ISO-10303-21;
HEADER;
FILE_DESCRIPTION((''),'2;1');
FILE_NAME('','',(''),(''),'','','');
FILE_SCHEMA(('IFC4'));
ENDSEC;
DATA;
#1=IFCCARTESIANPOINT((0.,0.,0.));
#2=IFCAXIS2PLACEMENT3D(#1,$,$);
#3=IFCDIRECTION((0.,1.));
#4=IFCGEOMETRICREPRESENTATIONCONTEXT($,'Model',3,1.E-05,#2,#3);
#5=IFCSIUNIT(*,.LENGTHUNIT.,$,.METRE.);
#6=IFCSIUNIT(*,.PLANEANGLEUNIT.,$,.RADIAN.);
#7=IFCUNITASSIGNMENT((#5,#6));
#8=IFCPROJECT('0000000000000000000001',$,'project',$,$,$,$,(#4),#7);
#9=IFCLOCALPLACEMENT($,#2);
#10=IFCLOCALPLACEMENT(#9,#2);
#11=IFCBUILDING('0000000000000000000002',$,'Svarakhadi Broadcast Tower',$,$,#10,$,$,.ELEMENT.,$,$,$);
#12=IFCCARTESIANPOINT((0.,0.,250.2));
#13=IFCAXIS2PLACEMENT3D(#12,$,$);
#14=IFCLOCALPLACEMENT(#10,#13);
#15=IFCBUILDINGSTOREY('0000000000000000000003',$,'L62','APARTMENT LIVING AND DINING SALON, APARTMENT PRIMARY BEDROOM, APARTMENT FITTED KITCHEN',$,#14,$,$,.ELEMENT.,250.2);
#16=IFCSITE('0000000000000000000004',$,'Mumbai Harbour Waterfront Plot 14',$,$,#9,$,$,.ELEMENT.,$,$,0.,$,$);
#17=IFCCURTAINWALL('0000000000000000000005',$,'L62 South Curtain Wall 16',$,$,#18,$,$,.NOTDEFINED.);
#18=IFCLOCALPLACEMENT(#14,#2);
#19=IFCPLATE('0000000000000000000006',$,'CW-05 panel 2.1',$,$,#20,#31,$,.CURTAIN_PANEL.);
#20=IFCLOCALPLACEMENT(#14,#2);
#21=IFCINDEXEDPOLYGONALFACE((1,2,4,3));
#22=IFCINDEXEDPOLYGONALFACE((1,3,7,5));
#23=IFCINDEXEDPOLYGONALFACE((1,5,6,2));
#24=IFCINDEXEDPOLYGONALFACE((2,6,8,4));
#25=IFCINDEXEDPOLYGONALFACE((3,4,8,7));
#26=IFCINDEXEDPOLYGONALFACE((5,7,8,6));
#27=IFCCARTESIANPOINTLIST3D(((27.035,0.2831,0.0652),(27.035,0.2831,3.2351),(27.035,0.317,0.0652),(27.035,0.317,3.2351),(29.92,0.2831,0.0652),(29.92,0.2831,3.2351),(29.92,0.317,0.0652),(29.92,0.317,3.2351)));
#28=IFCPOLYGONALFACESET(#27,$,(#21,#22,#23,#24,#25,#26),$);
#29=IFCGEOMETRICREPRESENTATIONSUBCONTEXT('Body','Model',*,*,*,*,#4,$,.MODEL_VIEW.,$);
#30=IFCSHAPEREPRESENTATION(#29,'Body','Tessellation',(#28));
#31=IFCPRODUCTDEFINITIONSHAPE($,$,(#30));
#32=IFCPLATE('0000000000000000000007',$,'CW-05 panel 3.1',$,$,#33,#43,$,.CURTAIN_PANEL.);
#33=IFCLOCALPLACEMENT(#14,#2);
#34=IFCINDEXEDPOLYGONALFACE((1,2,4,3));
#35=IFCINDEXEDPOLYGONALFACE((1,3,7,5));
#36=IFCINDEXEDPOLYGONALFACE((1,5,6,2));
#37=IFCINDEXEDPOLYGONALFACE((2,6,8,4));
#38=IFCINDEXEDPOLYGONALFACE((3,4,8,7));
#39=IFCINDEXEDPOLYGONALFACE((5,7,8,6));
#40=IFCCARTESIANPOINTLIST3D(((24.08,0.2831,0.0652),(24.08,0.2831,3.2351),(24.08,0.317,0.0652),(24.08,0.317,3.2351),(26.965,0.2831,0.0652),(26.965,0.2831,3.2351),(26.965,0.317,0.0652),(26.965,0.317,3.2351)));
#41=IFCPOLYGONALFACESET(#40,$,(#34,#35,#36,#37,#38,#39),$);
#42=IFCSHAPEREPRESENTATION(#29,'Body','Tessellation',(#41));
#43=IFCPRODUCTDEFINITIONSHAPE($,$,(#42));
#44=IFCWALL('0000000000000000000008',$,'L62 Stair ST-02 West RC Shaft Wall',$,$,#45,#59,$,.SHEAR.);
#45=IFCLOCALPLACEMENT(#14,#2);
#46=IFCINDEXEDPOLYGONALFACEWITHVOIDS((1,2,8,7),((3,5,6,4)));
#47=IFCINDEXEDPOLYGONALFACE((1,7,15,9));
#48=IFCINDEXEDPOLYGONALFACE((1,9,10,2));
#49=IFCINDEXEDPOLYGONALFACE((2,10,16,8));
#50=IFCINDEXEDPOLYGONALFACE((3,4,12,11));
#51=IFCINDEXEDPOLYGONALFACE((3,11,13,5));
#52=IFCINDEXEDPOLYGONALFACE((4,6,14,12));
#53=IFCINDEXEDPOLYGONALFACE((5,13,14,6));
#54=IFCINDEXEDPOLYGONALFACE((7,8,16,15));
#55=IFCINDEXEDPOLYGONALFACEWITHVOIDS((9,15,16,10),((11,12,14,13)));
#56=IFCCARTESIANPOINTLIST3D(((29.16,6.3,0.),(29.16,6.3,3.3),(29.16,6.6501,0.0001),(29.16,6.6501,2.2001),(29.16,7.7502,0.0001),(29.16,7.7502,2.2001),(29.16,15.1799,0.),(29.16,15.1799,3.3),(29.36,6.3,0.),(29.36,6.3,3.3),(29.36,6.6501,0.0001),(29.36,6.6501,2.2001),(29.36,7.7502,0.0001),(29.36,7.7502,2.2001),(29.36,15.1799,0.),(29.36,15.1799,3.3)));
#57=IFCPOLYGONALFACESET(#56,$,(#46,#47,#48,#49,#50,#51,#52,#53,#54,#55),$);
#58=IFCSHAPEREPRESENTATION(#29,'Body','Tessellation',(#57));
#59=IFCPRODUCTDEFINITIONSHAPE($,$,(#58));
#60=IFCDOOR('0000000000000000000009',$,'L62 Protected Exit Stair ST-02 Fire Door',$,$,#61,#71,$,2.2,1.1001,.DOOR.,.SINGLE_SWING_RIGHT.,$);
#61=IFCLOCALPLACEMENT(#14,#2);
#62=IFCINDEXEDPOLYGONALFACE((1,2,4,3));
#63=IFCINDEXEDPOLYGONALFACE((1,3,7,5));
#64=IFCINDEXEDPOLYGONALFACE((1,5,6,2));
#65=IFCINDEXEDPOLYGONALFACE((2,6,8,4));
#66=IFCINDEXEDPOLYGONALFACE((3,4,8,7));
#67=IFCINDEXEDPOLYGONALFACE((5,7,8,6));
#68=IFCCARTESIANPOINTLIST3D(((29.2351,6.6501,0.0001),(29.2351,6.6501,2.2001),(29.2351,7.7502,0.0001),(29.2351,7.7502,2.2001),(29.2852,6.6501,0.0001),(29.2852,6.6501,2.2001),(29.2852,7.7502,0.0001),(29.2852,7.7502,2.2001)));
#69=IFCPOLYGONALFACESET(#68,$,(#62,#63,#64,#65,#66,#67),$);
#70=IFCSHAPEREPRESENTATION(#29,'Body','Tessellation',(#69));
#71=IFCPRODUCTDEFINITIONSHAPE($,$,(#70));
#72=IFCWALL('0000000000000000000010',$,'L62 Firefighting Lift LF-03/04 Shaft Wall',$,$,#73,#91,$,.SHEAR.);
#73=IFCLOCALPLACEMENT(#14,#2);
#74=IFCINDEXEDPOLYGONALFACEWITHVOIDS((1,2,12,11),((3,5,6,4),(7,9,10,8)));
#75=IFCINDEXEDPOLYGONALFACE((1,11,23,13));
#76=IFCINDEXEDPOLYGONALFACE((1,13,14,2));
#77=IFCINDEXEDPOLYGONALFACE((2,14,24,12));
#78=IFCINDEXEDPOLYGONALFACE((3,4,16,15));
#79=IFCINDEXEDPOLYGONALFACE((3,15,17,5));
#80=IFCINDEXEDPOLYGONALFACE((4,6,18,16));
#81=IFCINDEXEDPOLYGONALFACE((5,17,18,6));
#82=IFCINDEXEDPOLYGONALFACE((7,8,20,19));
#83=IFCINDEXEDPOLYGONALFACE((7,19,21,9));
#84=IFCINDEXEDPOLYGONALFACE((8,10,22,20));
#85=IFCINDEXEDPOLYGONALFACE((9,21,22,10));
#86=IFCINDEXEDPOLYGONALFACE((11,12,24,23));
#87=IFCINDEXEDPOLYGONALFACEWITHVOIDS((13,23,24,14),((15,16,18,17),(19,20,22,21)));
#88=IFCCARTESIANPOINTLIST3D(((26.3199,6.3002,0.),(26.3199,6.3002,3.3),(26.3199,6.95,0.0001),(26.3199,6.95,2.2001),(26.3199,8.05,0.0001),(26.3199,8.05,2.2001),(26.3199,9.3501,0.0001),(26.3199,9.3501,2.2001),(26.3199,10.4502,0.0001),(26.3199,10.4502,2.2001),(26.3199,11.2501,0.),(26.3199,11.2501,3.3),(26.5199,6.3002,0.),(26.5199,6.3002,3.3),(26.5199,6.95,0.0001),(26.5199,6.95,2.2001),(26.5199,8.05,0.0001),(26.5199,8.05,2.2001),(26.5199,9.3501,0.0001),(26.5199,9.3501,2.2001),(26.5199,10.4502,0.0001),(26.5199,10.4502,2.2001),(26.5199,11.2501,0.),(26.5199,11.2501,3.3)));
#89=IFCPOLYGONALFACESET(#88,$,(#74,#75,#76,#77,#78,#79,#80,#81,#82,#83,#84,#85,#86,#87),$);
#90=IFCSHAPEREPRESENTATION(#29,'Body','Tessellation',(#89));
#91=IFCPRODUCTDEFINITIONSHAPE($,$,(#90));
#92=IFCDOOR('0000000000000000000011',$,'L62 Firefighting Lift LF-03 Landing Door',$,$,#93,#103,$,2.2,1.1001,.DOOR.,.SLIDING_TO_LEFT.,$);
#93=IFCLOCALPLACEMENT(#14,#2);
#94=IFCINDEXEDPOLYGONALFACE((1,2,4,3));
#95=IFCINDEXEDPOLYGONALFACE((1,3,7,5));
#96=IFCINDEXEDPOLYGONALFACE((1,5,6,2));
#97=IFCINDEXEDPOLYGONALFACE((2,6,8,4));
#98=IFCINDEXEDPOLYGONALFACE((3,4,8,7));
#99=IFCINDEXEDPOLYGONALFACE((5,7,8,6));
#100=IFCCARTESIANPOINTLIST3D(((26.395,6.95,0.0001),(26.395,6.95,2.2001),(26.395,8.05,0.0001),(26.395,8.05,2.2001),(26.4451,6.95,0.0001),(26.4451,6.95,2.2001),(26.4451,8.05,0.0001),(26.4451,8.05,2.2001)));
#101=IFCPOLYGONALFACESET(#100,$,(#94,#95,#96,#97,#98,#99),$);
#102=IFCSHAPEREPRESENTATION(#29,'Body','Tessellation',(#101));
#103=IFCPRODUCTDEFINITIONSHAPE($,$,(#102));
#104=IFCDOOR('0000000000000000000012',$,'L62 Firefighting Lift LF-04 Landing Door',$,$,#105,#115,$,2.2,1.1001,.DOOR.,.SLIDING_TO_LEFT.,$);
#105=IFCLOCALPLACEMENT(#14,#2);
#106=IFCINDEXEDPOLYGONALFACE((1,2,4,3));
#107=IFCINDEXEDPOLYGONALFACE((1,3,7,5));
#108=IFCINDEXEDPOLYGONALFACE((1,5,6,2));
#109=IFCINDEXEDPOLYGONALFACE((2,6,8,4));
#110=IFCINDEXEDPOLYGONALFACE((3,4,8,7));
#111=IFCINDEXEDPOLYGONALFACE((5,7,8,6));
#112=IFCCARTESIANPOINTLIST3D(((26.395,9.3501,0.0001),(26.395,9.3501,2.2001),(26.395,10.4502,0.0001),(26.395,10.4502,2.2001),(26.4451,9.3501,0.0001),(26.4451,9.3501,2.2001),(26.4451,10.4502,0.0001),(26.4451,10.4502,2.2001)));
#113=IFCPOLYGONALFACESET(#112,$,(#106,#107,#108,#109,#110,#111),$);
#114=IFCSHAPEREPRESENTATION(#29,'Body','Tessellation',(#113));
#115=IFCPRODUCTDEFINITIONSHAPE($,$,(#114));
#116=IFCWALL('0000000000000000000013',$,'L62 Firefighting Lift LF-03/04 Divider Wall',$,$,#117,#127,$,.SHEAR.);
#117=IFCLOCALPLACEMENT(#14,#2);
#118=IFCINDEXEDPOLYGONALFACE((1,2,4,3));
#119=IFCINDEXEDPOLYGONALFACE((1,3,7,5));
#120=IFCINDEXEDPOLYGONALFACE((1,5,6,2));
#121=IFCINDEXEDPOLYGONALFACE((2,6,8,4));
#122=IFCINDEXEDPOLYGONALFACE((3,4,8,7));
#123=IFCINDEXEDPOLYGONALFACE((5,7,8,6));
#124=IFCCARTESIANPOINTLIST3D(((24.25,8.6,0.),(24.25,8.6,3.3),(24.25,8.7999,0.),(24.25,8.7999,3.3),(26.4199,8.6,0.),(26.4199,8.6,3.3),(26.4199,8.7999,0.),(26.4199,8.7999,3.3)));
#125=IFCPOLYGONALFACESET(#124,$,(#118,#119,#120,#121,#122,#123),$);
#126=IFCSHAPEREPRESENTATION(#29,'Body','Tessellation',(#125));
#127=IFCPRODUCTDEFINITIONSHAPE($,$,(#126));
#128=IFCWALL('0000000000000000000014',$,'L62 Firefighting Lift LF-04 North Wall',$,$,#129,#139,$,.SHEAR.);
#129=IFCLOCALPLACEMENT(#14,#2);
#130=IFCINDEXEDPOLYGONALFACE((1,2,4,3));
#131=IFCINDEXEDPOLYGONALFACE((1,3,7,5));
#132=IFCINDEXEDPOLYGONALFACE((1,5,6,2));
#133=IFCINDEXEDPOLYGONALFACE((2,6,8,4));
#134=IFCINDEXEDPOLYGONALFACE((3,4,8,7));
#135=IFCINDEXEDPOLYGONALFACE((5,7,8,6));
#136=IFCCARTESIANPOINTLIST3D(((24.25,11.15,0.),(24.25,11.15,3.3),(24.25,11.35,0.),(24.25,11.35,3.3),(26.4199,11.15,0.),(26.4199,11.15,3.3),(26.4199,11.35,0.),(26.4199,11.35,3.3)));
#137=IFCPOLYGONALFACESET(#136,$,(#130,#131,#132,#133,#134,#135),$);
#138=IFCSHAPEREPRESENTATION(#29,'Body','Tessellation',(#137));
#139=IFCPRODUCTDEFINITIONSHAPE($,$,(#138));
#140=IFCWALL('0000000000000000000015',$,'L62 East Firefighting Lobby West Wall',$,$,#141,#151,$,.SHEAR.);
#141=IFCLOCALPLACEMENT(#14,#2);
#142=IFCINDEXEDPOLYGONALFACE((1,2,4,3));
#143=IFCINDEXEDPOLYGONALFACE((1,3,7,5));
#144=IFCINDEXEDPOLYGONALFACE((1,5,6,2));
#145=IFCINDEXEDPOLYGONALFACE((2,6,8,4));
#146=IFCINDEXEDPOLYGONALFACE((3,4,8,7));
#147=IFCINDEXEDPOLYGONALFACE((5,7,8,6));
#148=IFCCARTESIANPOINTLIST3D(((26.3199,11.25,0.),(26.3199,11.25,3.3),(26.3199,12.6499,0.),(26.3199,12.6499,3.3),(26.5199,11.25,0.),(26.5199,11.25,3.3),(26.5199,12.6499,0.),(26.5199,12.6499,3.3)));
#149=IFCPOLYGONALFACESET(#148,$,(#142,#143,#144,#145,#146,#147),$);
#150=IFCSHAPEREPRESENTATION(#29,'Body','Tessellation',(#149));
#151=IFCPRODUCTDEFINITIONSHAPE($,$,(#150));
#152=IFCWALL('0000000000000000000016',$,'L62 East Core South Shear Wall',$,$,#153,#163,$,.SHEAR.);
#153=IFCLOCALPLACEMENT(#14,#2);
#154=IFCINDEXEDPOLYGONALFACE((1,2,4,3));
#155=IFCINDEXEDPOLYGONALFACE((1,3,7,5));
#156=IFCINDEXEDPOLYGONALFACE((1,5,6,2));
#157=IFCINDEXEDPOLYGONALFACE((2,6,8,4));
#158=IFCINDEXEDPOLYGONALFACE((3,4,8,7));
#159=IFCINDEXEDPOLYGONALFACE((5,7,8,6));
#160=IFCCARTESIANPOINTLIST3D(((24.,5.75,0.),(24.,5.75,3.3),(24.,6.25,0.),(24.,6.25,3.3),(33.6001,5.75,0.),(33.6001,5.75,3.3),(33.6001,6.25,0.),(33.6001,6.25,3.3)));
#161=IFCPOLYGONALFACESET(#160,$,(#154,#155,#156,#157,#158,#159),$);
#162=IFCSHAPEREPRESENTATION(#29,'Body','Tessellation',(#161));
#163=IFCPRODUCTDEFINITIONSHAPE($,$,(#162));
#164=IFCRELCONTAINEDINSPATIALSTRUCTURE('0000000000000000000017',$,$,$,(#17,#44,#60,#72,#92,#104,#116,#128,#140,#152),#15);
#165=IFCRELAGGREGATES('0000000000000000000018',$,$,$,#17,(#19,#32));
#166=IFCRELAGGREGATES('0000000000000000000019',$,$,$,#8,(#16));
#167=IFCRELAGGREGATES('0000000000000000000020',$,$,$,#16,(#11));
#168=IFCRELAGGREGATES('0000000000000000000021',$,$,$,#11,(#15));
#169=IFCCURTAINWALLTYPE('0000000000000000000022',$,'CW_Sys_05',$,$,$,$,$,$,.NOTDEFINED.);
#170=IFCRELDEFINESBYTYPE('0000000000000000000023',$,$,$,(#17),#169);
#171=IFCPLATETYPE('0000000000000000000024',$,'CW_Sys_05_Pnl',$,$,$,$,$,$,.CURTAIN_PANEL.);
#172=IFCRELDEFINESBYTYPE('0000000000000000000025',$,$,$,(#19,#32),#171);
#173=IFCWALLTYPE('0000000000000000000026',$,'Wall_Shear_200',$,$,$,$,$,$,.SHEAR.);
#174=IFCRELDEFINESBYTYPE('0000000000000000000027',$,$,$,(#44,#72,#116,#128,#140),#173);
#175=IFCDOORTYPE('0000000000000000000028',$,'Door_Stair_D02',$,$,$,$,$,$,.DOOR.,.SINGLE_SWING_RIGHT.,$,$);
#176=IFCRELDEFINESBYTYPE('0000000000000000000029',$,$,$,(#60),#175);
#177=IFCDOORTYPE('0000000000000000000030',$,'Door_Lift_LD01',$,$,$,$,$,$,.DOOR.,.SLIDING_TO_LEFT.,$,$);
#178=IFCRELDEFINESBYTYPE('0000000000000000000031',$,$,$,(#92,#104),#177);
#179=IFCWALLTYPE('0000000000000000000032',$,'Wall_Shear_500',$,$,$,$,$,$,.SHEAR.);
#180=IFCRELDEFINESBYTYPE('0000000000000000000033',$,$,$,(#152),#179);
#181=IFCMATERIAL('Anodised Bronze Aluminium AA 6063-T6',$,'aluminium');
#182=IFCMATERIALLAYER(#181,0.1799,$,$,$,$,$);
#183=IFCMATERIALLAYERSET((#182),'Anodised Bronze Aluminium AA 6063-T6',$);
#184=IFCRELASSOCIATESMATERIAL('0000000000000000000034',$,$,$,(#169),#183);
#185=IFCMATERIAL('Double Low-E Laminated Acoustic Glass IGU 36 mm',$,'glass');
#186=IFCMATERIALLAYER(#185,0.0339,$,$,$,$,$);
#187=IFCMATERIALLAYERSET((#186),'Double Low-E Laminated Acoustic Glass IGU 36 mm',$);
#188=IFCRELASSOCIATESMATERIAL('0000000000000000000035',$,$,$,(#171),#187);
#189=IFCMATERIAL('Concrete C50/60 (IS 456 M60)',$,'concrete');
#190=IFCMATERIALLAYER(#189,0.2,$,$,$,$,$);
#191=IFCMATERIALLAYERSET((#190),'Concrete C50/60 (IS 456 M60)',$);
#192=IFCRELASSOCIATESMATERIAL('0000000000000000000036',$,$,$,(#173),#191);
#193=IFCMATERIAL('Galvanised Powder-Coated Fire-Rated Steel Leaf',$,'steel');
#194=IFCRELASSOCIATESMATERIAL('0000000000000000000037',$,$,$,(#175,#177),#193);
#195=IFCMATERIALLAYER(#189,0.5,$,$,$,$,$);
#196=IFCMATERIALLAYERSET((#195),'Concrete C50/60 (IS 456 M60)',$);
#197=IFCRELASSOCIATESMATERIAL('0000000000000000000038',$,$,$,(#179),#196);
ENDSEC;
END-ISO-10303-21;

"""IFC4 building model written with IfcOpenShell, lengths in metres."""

from ifc_helpers import new_model, si_unit, direction, frame, frame_2d, origin, origin_2d, place, context, subcontext, project, spatial, rectangle, extrude, material, layer, layer_set, type_object, element, fill, aggregate, save


model = new_model("IFC4")

# Units and contexts
model_context = context("Model", 3, precision=1e-05, world=origin(), true_north=direction((0.0, 1.0)))
body_context = subcontext(model_context, "Body", "Model", "MODEL_VIEW")
ifc_project = project(units=[si_unit("LENGTHUNIT", "METRE"), si_unit("PLANEANGLEUNIT", "RADIAN")], contexts=[model_context])

# Site, building, storey
site_placement = place(None, origin())
site = spatial("IfcSite", under=ifc_project, at=site_placement, Name="Mumbai Harbour Waterfront Plot 14", CompositionType="ELEMENT", RefElevation=0.0)
building_placement = place(site_placement, origin())
building = spatial("IfcBuilding", under=site, at=building_placement, Name="Svarakhadi Broadcast Tower", CompositionType="ELEMENT")
storey_placement = place(building_placement, frame((0.0, 0.0, 250.2)))
storey = spatial("IfcBuildingStorey", under=building, at=storey_placement, Name="L62", Description="APARTMENT LIVING AND DINING SALON, APARTMENT PRIMARY BEDROOM, APARTMENT FITTED KITCHEN", CompositionType="ELEMENT", Elevation=250.2)

# Shared definitions
ifc_material_1 = material(Name="Concrete C50/60 (IS 456 M60)", Category="concrete")

# Curtain wall
ifc_material_2 = material(Name="Anodised Bronze Aluminium AA 6063-T6", Category="aluminium")
ifc_layer_1 = layer(ifc_material_2, 0.1799)
ifc_layer_set_1 = layer_set([ifc_layer_1], Name="Anodised Bronze Aluminium AA 6063-T6")
curtain_wall_type = type_object("IfcCurtainWallType", Name="CW_Sys_05", PredefinedType="NOTDEFINED", material=ifc_layer_set_1)
curtain_wall_placement = place(storey_placement, origin())
curtain_wall = element("IfcCurtainWall", 1, at=curtain_wall_placement, inside=storey, type_object=curtain_wall_type, Name="L62 South Curtain Wall 16", PredefinedType="NOTDEFINED")

# Plates
ifc_material_3 = material(Name="Double Low-E Laminated Acoustic Glass IGU 36 mm", Category="glass")
ifc_layer_2 = layer(ifc_material_3, 0.0339)
ifc_layer_set_2 = layer_set([ifc_layer_2], Name="Double Low-E Laminated Acoustic Glass IGU 36 mm")
plate_type = type_object("IfcPlateType", Name="CW_Sys_05_Pnl", PredefinedType="CURTAIN_PANEL", material=ifc_layer_set_2)
plate_1_placement = place(storey_placement, frame((28.4775, 0.3, 0.0652), z_axis=(0.0, 0.0, 1.0), x_axis=(-1.0, 0.0, 0.0)))
plate_1 = element("IfcPlate", 2, at=plate_1_placement, type_object=plate_type, Name="CW-05 panel 2.1", PredefinedType="CURTAIN_PANEL", context=body_context, shape_type="SweptSolid", body=[
    extrude(rectangle(XDim=2.885, YDim=0.0339, at=origin_2d()), origin(), (0.0, 0.0, 1.0), 3.1699),
])
plate_2_placement = place(storey_placement, frame((25.5225, 0.3, 0.0652), z_axis=(0.0, 0.0, 1.0), x_axis=(-1.0, 0.0, 0.0)))
plate_2 = element("IfcPlate", 3, at=plate_2_placement, type_object=plate_type, Name="CW-05 panel 3.1", PredefinedType="CURTAIN_PANEL", context=body_context, shape_type="SweptSolid", body=[
    extrude(rectangle(XDim=2.885, YDim=0.0339, at=origin_2d()), origin(), (0.0, 0.0, 1.0), 3.1699),
])
aggregate(curtain_wall, [plate_1, plate_2])

# Wall, opening, door
ifc_layer_3 = layer(ifc_material_1, 0.2)
ifc_layer_set_3 = layer_set([ifc_layer_3], Name="Concrete C50/60 (IS 456 M60)")
wall_type_1 = type_object("IfcWallType", Name="Wall_Shear_200", PredefinedType="SHEAR", material=ifc_layer_set_3)
wall_1_placement = place(storey_placement, frame((29.26, 6.3, 0.0), z_axis=(0.0, 0.0, 1.0), x_axis=(0.0, 1.0, 0.0)))
wall_1 = element("IfcWall", 4, at=wall_1_placement, inside=storey, type_object=wall_type_1, Name="L62 Stair ST-02 West RC Shaft Wall", PredefinedType="SHEAR", context=body_context, shape_type="SweptSolid", body=[
    extrude(rectangle(XDim=8.8799, YDim=0.2, at=frame_2d((4.4399, 0.0))), origin(), (0.0, 0.0, 1.0), 3.3),
])
opening_1_placement = place(wall_1_placement, frame((0.3501, 0.0, 0.0)))
opening_1 = element("IfcOpeningElement", 5, at=opening_1_placement, cuts=wall_1, PredefinedType="OPENING", context=body_context, shape_type="SweptSolid", body=[
    extrude(rectangle(XDim=1.1001, YDim=2.2, at=frame_2d((0.55, 1.1001))), frame((0.0, 0.1099, 0.0), z_axis=(0.0, -1.0, 0.0), x_axis=(1.0, 0.0, 0.0)), (0.0, 0.0, 1.0), 0.22),
])
ifc_material_4 = material(Name="Galvanised Powder-Coated Fire-Rated Steel Leaf", Category="steel")
door_type_1 = type_object("IfcDoorType", Name="Door_Stair_D02", OperationType="SINGLE_SWING_RIGHT", PredefinedType="DOOR", material=ifc_material_4)
door_1_placement = place(opening_1_placement, origin())
door_1 = element("IfcDoor", 6, at=door_1_placement, inside=storey, type_object=door_type_1, Name="L62 Protected Exit Stair ST-02 Fire Door", OperationType="SINGLE_SWING_RIGHT", OverallHeight=2.2, OverallWidth=1.1001, PredefinedType="DOOR", context=body_context, shape_type="SweptSolid", body=[
    extrude(rectangle(XDim=1.1001, YDim=2.2, at=frame_2d((0.55, 1.1001))), frame((0.0, 0.0249, 0.0), z_axis=(0.0, -1.0, 0.0), x_axis=(1.0, 0.0, 0.0)), (0.0, 0.0, 1.0), 0.05),
])
fill(opening_1, door_1)

# Wall, openings, doors
wall_2_placement = place(storey_placement, frame((26.4199, 6.3, 0.0), z_axis=(0.0, 0.0, 1.0), x_axis=(0.0, 1.0, 0.0)))
wall_2 = element("IfcWall", 7, at=wall_2_placement, inside=storey, type_object=wall_type_1, Name="L62 Firefighting Lift LF-03/04 Shaft Wall", PredefinedType="SHEAR", context=body_context, shape_type="SweptSolid", body=[
    extrude(rectangle(XDim=4.95, YDim=0.2, at=frame_2d((2.4751, 0.0))), origin(), (0.0, 0.0, 1.0), 3.3),
])
opening_2_placement = place(wall_2_placement, frame((0.6499, 0.0, 0.0)))
opening_2 = element("IfcOpeningElement", 8, at=opening_2_placement, cuts=wall_2, PredefinedType="OPENING", context=body_context, shape_type="SweptSolid", body=[
    extrude(rectangle(XDim=1.1001, YDim=2.2, at=frame_2d((0.55, 1.1001))), frame((0.0, 0.1099, 0.0), z_axis=(0.0, -1.0, 0.0), x_axis=(1.0, 0.0, 0.0)), (0.0, 0.0, 1.0), 0.22),
])
opening_3_placement = place(wall_2_placement, frame((3.05, 0.0, 0.0)))
opening_3 = element("IfcOpeningElement", 9, at=opening_3_placement, cuts=wall_2, PredefinedType="OPENING", context=body_context, shape_type="SweptSolid", body=[
    extrude(rectangle(XDim=1.1001, YDim=2.2, at=frame_2d((0.55, 1.1001))), frame((0.0, 0.1099, 0.0), z_axis=(0.0, -1.0, 0.0), x_axis=(1.0, 0.0, 0.0)), (0.0, 0.0, 1.0), 0.22),
])
door_type_2 = type_object("IfcDoorType", Name="Door_Lift_LD01", OperationType="SLIDING_TO_LEFT", PredefinedType="DOOR", material=ifc_material_4)
door_2_placement = place(opening_2_placement, origin())
door_2 = element("IfcDoor", 10, at=door_2_placement, inside=storey, type_object=door_type_2, Name="L62 Firefighting Lift LF-03 Landing Door", OperationType="SLIDING_TO_LEFT", OverallHeight=2.2, OverallWidth=1.1001, PredefinedType="DOOR", context=body_context, shape_type="SweptSolid", body=[
    extrude(rectangle(XDim=1.1001, YDim=2.2, at=frame_2d((0.55, 1.1001))), frame((0.0, 0.0249, 0.0), z_axis=(0.0, -1.0, 0.0), x_axis=(1.0, 0.0, 0.0)), (0.0, 0.0, 1.0), 0.05),
])
fill(opening_2, door_2)
door_3_placement = place(opening_3_placement, origin())
door_3 = element("IfcDoor", 11, at=door_3_placement, inside=storey, type_object=door_type_2, Name="L62 Firefighting Lift LF-04 Landing Door", OperationType="SLIDING_TO_LEFT", OverallHeight=2.2, OverallWidth=1.1001, PredefinedType="DOOR", context=body_context, shape_type="SweptSolid", body=[
    extrude(rectangle(XDim=1.1001, YDim=2.2, at=frame_2d((0.55, 1.1001))), frame((0.0, 0.0249, 0.0), z_axis=(0.0, -1.0, 0.0), x_axis=(1.0, 0.0, 0.0)), (0.0, 0.0, 1.0), 0.05),
])
fill(opening_3, door_3)

# Walls
for number, where, z_axis, x_axis, name in (
    (12, (24.25, 8.7, 0.0), (0.0, 0.0, 1.0), (1.0, 0.0, 0.0), "L62 Firefighting Lift LF-03/04 Divider Wall"),
    (13, (24.25, 11.25, 0.0), (0.0, 0.0, 1.0), (1.0, 0.0, 0.0), "L62 Firefighting Lift LF-04 North Wall"),
):
    element("IfcWall", number, at=place(storey_placement, frame(where, z_axis=z_axis, x_axis=x_axis)), inside=storey, type_object=wall_type_1, Name=name, PredefinedType="SHEAR", context=body_context, shape_type="SweptSolid", body=[
        extrude(rectangle(XDim=2.1699, YDim=0.2, at=frame_2d((1.085, 0.0))), origin(), (0.0, 0.0, 1.0), 3.3),
    ])
wall_3_placement = place(storey_placement, frame((26.4199, 11.25, 0.0), z_axis=(0.0, 0.0, 1.0), x_axis=(0.0, 1.0, 0.0)))
element("IfcWall", 14, at=wall_3_placement, inside=storey, type_object=wall_type_1, Name="L62 East Firefighting Lobby West Wall", PredefinedType="SHEAR", context=body_context, shape_type="SweptSolid", body=[
    extrude(rectangle(XDim=1.3999, YDim=0.2, at=frame_2d((0.7, 0.0))), origin(), (0.0, 0.0, 1.0), 3.3),
])
ifc_layer_4 = layer(ifc_material_1, 0.5)
ifc_layer_set_4 = layer_set([ifc_layer_4], Name="Concrete C50/60 (IS 456 M60)")
wall_type_2 = type_object("IfcWallType", Name="Wall_Shear_500", PredefinedType="SHEAR", material=ifc_layer_set_4)
wall_4_placement = place(storey_placement, frame((24.0, 6.0, 0.0), z_axis=(0.0, 0.0, 1.0), x_axis=(1.0, 0.0, 0.0)))
element("IfcWall", 15, at=wall_4_placement, inside=storey, type_object=wall_type_2, Name="L62 East Core South Shear Wall", PredefinedType="SHEAR", context=body_context, shape_type="SweptSolid", body=[
    extrude(rectangle(XDim=9.6001, YDim=0.5, at=frame_2d((4.8, 0.0))), origin(), (0.0, 0.0, 1.0), 3.3),
])

save(model, "model.ifc")
